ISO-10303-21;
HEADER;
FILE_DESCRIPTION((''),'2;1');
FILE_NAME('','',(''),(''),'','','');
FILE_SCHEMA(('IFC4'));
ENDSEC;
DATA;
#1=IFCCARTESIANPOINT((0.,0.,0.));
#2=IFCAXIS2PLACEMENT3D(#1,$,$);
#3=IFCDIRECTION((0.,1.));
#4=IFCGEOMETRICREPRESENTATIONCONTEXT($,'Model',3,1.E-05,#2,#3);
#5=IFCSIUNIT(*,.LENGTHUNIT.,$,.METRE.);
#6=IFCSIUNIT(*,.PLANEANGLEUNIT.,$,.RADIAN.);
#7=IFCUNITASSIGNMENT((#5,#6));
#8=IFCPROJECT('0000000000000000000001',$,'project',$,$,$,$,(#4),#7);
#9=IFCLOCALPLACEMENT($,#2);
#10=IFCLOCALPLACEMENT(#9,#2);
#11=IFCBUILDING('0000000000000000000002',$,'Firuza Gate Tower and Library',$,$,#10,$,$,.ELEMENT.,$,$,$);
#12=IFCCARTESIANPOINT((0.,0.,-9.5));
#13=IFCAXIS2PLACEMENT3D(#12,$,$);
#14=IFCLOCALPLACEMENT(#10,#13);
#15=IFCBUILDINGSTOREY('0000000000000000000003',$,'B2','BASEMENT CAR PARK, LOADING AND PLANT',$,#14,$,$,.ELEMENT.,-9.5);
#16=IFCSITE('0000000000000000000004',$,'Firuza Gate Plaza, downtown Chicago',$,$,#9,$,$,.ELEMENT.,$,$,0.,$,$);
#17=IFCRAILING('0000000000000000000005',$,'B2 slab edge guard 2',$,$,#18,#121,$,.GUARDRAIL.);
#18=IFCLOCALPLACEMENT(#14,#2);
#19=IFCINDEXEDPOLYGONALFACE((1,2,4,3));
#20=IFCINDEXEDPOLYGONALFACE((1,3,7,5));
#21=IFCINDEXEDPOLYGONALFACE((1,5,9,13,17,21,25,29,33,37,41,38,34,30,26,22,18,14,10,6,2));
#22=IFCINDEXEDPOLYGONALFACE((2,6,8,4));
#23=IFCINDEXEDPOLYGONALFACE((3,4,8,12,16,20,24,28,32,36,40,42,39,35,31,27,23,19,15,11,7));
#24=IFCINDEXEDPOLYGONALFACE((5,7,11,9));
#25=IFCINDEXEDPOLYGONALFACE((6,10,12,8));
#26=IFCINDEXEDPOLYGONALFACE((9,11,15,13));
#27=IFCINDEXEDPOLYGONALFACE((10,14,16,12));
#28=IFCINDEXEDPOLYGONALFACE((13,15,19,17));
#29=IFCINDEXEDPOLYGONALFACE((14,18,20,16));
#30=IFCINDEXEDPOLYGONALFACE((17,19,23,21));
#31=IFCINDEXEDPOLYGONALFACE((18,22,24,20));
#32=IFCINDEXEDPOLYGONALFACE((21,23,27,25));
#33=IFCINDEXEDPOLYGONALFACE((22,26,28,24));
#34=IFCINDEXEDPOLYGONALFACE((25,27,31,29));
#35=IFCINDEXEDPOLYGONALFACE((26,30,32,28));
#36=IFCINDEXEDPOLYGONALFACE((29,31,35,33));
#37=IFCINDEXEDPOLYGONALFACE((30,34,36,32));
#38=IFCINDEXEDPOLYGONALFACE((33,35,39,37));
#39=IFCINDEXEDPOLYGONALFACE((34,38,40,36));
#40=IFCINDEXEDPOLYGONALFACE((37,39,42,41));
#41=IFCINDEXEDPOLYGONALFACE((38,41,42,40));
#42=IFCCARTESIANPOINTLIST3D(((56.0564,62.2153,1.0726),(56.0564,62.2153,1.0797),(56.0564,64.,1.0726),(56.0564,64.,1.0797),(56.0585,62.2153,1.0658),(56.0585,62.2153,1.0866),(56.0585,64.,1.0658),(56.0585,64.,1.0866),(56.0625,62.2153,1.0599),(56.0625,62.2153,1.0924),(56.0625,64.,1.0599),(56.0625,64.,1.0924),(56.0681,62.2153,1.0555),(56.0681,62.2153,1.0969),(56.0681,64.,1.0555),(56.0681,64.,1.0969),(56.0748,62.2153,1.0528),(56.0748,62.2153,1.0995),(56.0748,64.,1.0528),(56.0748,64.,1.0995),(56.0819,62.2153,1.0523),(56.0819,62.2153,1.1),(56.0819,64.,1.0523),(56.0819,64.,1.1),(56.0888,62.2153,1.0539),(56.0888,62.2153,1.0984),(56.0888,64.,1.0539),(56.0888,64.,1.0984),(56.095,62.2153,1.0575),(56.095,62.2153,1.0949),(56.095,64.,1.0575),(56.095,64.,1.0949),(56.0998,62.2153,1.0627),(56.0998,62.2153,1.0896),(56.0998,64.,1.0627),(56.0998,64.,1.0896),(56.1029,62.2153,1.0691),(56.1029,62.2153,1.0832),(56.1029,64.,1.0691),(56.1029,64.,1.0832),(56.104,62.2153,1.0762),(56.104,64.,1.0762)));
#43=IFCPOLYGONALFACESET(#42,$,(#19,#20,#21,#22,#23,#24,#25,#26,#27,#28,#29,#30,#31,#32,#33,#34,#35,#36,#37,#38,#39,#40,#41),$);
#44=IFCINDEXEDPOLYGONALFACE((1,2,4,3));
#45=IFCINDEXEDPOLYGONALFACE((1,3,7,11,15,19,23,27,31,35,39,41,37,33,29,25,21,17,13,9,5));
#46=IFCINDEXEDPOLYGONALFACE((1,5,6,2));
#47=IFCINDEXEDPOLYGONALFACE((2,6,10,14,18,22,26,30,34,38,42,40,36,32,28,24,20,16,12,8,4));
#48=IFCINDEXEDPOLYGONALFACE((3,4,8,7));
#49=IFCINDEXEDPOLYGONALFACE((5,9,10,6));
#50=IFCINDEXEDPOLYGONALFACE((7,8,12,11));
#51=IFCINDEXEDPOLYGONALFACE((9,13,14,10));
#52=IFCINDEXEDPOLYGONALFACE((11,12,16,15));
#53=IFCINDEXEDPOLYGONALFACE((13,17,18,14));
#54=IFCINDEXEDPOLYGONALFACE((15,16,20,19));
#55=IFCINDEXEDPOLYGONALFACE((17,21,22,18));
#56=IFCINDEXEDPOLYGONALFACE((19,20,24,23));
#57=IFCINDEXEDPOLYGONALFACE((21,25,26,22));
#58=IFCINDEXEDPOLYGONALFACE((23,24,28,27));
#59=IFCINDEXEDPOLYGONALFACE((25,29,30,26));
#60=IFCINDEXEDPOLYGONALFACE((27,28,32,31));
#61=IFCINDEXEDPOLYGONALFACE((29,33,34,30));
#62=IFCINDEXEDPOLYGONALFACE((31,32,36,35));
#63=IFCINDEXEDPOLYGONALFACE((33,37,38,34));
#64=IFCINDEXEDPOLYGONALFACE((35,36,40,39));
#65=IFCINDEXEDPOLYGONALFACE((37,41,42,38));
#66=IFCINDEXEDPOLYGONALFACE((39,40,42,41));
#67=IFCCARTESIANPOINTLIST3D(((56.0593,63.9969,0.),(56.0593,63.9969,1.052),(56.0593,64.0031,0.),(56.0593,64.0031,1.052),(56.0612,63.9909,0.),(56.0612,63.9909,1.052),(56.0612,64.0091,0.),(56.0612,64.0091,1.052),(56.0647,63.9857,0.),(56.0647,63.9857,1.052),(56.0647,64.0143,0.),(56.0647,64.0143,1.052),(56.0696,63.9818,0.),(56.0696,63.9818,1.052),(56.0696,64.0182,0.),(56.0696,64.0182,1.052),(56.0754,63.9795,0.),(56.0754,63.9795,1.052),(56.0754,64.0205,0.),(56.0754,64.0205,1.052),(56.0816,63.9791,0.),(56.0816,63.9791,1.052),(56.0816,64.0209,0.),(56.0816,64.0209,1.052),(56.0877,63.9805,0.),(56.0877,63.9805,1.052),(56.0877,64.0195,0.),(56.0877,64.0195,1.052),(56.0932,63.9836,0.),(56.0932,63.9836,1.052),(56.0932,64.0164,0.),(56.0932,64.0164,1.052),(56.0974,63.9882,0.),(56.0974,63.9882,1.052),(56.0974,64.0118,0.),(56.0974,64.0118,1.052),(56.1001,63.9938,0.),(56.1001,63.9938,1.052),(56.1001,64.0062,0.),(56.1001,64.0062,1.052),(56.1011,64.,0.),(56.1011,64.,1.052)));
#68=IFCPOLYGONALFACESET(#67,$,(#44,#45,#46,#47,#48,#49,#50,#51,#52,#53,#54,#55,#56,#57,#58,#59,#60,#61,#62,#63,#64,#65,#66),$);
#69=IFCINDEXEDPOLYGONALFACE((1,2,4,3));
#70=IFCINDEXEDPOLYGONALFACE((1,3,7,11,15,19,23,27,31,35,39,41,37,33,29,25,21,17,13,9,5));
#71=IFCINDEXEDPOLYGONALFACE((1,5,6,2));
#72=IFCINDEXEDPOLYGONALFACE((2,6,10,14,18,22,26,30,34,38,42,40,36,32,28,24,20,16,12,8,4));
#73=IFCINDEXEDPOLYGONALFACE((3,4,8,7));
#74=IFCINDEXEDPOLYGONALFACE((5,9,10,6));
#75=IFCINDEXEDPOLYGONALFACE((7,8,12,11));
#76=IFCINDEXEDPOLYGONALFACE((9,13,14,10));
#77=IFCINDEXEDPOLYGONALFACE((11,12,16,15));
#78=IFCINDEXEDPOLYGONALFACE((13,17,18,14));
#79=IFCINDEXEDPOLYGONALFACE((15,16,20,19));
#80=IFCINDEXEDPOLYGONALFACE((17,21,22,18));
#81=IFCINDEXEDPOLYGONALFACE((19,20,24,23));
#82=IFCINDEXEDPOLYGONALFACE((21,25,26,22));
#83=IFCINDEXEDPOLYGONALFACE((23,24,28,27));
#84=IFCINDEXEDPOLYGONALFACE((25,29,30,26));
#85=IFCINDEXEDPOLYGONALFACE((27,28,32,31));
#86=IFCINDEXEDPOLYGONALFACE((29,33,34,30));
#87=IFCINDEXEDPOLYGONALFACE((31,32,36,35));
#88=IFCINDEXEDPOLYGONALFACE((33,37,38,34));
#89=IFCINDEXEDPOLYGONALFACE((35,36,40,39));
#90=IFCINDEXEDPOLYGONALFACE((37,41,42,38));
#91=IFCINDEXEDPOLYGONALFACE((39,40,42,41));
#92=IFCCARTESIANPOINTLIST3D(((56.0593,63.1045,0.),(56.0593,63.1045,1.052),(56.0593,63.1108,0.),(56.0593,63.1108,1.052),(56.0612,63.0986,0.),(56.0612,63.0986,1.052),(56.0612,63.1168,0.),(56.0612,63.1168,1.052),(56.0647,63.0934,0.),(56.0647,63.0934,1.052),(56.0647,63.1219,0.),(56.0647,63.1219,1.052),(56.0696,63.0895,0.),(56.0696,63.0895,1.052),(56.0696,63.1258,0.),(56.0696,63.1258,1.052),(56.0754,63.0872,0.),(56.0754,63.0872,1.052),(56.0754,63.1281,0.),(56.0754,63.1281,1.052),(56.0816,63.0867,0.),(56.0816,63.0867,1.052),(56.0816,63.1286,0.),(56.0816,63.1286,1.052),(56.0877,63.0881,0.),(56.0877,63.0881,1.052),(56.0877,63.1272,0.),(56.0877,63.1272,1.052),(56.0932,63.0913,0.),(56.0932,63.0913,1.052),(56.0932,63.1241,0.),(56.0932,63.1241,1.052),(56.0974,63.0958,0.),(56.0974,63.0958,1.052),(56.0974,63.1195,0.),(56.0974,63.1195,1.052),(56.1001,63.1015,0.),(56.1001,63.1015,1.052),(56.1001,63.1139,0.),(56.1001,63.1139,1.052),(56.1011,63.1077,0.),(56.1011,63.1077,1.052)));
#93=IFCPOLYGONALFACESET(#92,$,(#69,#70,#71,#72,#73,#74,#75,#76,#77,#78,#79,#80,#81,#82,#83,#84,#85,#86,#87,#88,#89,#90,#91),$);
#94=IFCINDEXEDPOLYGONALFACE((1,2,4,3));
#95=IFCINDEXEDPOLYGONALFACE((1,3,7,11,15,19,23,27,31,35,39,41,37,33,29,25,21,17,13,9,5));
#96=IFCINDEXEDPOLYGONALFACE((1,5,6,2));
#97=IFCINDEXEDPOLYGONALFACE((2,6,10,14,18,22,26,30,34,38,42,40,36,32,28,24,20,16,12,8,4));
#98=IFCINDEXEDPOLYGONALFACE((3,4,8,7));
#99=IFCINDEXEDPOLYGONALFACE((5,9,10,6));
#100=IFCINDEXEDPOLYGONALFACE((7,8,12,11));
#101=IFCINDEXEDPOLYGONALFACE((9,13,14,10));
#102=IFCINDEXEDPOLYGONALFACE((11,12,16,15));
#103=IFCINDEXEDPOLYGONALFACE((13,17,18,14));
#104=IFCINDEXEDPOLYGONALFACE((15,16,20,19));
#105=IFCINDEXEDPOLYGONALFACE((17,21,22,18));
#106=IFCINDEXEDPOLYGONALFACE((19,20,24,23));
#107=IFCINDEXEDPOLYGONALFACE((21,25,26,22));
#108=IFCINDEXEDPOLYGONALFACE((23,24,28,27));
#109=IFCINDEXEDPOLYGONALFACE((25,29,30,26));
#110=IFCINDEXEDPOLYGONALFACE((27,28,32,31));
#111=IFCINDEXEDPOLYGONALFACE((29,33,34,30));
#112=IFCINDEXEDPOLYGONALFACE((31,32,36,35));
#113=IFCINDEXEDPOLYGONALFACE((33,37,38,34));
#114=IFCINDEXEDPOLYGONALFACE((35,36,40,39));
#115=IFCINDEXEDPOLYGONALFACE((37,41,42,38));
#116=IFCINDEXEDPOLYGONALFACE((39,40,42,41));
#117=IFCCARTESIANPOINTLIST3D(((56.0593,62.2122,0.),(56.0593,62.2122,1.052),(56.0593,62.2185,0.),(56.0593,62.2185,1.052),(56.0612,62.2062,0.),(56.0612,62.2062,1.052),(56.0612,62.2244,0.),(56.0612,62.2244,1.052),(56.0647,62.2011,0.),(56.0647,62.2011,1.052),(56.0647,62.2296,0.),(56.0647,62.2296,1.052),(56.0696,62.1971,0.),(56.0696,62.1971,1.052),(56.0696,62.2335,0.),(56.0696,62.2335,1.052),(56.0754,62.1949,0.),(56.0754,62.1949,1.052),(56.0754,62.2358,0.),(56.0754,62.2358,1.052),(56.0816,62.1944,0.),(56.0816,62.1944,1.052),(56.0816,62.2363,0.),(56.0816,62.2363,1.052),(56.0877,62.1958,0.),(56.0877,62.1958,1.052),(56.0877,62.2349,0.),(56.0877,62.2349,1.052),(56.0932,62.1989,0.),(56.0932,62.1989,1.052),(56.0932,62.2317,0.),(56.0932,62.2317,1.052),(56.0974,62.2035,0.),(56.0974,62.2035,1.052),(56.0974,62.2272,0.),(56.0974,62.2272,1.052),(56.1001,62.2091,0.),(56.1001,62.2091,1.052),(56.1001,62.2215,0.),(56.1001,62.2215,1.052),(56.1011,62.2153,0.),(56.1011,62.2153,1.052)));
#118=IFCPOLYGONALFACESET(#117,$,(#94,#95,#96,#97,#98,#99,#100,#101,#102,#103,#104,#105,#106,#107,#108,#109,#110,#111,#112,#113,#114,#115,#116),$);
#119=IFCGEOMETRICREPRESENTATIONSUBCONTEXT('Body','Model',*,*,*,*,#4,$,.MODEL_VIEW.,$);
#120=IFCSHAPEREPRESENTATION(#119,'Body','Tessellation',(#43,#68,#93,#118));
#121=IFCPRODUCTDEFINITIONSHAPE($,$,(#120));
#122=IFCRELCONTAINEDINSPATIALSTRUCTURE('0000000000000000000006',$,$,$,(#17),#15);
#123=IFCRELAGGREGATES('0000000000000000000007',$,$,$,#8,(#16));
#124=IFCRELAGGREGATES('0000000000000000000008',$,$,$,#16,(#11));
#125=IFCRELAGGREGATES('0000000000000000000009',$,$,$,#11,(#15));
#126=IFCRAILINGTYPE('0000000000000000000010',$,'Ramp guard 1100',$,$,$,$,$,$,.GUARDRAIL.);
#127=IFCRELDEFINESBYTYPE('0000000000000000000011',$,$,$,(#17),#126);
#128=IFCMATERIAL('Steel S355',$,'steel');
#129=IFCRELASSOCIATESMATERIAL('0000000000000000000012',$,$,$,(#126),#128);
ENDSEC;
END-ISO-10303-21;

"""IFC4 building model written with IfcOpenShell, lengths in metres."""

from ifc_helpers import new_model, si_unit, direction, frame, origin, origin_2d, place, context, subcontext, project, spatial, circle, extrude, material, type_object, element, save


model = new_model("IFC4")

# Units and contexts
model_context = context("Model", 3, precision=1e-05, world=origin(), true_north=direction((0.0, 1.0)))
body_context = subcontext(model_context, "Body", "Model", "MODEL_VIEW")
ifc_project = project(units=[si_unit("LENGTHUNIT", "METRE"), si_unit("PLANEANGLEUNIT", "RADIAN")], contexts=[model_context])

# Site, building, storey
site_placement = place(None, origin())
site = spatial("IfcSite", under=ifc_project, at=site_placement, Name="Firuza Gate Plaza, downtown Chicago", CompositionType="ELEMENT", RefElevation=0.0)
building_placement = place(site_placement, origin())
building = spatial("IfcBuilding", under=site, at=building_placement, Name="Firuza Gate Tower and Library", CompositionType="ELEMENT")
storey_placement = place(building_placement, frame((0.0, 0.0, -9.5)))
storey = spatial("IfcBuildingStorey", under=building, at=storey_placement, Name="B2", Description="BASEMENT CAR PARK, LOADING AND PLANT", CompositionType="ELEMENT", Elevation=-9.5)

# Railing
ifc_material_1 = material(Name="Steel S355", Category="steel")
railing_type = type_object("IfcRailingType", Name="Ramp guard 1100", PredefinedType="GUARDRAIL", material=ifc_material_1)
railing_1_placement = place(storey_placement, frame((56.0801, 64.0, 0.0)))
element("IfcRailing", 1, at=railing_1_placement, inside=storey, type_object=railing_type, Name="B2 slab edge guard 2", PredefinedType="GUARDRAIL", context=body_context, shape_type="SweptSolid", body=[
    extrude(circle(Radius=0.0239, at=origin_2d()), frame((0.0, 0.0, 1.0762), z_axis=(0.0, -1.0, 0.0), x_axis=(1.0, 0.0, 0.0)), (0.0, 0.0, 1.0), 1.7847),
    extrude(circle(Radius=0.021, at=origin_2d()), origin(), (0.0, 0.0, 1.0), 1.052),
    extrude(circle(Radius=0.021, at=origin_2d()), frame((0.0, -0.8923, 0.0)), (0.0, 0.0, 1.0), 1.052),
    extrude(circle(Radius=0.021, at=origin_2d()), frame((0.0, -1.7847, 0.0)), (0.0, 0.0, 1.0), 1.052),
])

save(model, "model.ifc")
